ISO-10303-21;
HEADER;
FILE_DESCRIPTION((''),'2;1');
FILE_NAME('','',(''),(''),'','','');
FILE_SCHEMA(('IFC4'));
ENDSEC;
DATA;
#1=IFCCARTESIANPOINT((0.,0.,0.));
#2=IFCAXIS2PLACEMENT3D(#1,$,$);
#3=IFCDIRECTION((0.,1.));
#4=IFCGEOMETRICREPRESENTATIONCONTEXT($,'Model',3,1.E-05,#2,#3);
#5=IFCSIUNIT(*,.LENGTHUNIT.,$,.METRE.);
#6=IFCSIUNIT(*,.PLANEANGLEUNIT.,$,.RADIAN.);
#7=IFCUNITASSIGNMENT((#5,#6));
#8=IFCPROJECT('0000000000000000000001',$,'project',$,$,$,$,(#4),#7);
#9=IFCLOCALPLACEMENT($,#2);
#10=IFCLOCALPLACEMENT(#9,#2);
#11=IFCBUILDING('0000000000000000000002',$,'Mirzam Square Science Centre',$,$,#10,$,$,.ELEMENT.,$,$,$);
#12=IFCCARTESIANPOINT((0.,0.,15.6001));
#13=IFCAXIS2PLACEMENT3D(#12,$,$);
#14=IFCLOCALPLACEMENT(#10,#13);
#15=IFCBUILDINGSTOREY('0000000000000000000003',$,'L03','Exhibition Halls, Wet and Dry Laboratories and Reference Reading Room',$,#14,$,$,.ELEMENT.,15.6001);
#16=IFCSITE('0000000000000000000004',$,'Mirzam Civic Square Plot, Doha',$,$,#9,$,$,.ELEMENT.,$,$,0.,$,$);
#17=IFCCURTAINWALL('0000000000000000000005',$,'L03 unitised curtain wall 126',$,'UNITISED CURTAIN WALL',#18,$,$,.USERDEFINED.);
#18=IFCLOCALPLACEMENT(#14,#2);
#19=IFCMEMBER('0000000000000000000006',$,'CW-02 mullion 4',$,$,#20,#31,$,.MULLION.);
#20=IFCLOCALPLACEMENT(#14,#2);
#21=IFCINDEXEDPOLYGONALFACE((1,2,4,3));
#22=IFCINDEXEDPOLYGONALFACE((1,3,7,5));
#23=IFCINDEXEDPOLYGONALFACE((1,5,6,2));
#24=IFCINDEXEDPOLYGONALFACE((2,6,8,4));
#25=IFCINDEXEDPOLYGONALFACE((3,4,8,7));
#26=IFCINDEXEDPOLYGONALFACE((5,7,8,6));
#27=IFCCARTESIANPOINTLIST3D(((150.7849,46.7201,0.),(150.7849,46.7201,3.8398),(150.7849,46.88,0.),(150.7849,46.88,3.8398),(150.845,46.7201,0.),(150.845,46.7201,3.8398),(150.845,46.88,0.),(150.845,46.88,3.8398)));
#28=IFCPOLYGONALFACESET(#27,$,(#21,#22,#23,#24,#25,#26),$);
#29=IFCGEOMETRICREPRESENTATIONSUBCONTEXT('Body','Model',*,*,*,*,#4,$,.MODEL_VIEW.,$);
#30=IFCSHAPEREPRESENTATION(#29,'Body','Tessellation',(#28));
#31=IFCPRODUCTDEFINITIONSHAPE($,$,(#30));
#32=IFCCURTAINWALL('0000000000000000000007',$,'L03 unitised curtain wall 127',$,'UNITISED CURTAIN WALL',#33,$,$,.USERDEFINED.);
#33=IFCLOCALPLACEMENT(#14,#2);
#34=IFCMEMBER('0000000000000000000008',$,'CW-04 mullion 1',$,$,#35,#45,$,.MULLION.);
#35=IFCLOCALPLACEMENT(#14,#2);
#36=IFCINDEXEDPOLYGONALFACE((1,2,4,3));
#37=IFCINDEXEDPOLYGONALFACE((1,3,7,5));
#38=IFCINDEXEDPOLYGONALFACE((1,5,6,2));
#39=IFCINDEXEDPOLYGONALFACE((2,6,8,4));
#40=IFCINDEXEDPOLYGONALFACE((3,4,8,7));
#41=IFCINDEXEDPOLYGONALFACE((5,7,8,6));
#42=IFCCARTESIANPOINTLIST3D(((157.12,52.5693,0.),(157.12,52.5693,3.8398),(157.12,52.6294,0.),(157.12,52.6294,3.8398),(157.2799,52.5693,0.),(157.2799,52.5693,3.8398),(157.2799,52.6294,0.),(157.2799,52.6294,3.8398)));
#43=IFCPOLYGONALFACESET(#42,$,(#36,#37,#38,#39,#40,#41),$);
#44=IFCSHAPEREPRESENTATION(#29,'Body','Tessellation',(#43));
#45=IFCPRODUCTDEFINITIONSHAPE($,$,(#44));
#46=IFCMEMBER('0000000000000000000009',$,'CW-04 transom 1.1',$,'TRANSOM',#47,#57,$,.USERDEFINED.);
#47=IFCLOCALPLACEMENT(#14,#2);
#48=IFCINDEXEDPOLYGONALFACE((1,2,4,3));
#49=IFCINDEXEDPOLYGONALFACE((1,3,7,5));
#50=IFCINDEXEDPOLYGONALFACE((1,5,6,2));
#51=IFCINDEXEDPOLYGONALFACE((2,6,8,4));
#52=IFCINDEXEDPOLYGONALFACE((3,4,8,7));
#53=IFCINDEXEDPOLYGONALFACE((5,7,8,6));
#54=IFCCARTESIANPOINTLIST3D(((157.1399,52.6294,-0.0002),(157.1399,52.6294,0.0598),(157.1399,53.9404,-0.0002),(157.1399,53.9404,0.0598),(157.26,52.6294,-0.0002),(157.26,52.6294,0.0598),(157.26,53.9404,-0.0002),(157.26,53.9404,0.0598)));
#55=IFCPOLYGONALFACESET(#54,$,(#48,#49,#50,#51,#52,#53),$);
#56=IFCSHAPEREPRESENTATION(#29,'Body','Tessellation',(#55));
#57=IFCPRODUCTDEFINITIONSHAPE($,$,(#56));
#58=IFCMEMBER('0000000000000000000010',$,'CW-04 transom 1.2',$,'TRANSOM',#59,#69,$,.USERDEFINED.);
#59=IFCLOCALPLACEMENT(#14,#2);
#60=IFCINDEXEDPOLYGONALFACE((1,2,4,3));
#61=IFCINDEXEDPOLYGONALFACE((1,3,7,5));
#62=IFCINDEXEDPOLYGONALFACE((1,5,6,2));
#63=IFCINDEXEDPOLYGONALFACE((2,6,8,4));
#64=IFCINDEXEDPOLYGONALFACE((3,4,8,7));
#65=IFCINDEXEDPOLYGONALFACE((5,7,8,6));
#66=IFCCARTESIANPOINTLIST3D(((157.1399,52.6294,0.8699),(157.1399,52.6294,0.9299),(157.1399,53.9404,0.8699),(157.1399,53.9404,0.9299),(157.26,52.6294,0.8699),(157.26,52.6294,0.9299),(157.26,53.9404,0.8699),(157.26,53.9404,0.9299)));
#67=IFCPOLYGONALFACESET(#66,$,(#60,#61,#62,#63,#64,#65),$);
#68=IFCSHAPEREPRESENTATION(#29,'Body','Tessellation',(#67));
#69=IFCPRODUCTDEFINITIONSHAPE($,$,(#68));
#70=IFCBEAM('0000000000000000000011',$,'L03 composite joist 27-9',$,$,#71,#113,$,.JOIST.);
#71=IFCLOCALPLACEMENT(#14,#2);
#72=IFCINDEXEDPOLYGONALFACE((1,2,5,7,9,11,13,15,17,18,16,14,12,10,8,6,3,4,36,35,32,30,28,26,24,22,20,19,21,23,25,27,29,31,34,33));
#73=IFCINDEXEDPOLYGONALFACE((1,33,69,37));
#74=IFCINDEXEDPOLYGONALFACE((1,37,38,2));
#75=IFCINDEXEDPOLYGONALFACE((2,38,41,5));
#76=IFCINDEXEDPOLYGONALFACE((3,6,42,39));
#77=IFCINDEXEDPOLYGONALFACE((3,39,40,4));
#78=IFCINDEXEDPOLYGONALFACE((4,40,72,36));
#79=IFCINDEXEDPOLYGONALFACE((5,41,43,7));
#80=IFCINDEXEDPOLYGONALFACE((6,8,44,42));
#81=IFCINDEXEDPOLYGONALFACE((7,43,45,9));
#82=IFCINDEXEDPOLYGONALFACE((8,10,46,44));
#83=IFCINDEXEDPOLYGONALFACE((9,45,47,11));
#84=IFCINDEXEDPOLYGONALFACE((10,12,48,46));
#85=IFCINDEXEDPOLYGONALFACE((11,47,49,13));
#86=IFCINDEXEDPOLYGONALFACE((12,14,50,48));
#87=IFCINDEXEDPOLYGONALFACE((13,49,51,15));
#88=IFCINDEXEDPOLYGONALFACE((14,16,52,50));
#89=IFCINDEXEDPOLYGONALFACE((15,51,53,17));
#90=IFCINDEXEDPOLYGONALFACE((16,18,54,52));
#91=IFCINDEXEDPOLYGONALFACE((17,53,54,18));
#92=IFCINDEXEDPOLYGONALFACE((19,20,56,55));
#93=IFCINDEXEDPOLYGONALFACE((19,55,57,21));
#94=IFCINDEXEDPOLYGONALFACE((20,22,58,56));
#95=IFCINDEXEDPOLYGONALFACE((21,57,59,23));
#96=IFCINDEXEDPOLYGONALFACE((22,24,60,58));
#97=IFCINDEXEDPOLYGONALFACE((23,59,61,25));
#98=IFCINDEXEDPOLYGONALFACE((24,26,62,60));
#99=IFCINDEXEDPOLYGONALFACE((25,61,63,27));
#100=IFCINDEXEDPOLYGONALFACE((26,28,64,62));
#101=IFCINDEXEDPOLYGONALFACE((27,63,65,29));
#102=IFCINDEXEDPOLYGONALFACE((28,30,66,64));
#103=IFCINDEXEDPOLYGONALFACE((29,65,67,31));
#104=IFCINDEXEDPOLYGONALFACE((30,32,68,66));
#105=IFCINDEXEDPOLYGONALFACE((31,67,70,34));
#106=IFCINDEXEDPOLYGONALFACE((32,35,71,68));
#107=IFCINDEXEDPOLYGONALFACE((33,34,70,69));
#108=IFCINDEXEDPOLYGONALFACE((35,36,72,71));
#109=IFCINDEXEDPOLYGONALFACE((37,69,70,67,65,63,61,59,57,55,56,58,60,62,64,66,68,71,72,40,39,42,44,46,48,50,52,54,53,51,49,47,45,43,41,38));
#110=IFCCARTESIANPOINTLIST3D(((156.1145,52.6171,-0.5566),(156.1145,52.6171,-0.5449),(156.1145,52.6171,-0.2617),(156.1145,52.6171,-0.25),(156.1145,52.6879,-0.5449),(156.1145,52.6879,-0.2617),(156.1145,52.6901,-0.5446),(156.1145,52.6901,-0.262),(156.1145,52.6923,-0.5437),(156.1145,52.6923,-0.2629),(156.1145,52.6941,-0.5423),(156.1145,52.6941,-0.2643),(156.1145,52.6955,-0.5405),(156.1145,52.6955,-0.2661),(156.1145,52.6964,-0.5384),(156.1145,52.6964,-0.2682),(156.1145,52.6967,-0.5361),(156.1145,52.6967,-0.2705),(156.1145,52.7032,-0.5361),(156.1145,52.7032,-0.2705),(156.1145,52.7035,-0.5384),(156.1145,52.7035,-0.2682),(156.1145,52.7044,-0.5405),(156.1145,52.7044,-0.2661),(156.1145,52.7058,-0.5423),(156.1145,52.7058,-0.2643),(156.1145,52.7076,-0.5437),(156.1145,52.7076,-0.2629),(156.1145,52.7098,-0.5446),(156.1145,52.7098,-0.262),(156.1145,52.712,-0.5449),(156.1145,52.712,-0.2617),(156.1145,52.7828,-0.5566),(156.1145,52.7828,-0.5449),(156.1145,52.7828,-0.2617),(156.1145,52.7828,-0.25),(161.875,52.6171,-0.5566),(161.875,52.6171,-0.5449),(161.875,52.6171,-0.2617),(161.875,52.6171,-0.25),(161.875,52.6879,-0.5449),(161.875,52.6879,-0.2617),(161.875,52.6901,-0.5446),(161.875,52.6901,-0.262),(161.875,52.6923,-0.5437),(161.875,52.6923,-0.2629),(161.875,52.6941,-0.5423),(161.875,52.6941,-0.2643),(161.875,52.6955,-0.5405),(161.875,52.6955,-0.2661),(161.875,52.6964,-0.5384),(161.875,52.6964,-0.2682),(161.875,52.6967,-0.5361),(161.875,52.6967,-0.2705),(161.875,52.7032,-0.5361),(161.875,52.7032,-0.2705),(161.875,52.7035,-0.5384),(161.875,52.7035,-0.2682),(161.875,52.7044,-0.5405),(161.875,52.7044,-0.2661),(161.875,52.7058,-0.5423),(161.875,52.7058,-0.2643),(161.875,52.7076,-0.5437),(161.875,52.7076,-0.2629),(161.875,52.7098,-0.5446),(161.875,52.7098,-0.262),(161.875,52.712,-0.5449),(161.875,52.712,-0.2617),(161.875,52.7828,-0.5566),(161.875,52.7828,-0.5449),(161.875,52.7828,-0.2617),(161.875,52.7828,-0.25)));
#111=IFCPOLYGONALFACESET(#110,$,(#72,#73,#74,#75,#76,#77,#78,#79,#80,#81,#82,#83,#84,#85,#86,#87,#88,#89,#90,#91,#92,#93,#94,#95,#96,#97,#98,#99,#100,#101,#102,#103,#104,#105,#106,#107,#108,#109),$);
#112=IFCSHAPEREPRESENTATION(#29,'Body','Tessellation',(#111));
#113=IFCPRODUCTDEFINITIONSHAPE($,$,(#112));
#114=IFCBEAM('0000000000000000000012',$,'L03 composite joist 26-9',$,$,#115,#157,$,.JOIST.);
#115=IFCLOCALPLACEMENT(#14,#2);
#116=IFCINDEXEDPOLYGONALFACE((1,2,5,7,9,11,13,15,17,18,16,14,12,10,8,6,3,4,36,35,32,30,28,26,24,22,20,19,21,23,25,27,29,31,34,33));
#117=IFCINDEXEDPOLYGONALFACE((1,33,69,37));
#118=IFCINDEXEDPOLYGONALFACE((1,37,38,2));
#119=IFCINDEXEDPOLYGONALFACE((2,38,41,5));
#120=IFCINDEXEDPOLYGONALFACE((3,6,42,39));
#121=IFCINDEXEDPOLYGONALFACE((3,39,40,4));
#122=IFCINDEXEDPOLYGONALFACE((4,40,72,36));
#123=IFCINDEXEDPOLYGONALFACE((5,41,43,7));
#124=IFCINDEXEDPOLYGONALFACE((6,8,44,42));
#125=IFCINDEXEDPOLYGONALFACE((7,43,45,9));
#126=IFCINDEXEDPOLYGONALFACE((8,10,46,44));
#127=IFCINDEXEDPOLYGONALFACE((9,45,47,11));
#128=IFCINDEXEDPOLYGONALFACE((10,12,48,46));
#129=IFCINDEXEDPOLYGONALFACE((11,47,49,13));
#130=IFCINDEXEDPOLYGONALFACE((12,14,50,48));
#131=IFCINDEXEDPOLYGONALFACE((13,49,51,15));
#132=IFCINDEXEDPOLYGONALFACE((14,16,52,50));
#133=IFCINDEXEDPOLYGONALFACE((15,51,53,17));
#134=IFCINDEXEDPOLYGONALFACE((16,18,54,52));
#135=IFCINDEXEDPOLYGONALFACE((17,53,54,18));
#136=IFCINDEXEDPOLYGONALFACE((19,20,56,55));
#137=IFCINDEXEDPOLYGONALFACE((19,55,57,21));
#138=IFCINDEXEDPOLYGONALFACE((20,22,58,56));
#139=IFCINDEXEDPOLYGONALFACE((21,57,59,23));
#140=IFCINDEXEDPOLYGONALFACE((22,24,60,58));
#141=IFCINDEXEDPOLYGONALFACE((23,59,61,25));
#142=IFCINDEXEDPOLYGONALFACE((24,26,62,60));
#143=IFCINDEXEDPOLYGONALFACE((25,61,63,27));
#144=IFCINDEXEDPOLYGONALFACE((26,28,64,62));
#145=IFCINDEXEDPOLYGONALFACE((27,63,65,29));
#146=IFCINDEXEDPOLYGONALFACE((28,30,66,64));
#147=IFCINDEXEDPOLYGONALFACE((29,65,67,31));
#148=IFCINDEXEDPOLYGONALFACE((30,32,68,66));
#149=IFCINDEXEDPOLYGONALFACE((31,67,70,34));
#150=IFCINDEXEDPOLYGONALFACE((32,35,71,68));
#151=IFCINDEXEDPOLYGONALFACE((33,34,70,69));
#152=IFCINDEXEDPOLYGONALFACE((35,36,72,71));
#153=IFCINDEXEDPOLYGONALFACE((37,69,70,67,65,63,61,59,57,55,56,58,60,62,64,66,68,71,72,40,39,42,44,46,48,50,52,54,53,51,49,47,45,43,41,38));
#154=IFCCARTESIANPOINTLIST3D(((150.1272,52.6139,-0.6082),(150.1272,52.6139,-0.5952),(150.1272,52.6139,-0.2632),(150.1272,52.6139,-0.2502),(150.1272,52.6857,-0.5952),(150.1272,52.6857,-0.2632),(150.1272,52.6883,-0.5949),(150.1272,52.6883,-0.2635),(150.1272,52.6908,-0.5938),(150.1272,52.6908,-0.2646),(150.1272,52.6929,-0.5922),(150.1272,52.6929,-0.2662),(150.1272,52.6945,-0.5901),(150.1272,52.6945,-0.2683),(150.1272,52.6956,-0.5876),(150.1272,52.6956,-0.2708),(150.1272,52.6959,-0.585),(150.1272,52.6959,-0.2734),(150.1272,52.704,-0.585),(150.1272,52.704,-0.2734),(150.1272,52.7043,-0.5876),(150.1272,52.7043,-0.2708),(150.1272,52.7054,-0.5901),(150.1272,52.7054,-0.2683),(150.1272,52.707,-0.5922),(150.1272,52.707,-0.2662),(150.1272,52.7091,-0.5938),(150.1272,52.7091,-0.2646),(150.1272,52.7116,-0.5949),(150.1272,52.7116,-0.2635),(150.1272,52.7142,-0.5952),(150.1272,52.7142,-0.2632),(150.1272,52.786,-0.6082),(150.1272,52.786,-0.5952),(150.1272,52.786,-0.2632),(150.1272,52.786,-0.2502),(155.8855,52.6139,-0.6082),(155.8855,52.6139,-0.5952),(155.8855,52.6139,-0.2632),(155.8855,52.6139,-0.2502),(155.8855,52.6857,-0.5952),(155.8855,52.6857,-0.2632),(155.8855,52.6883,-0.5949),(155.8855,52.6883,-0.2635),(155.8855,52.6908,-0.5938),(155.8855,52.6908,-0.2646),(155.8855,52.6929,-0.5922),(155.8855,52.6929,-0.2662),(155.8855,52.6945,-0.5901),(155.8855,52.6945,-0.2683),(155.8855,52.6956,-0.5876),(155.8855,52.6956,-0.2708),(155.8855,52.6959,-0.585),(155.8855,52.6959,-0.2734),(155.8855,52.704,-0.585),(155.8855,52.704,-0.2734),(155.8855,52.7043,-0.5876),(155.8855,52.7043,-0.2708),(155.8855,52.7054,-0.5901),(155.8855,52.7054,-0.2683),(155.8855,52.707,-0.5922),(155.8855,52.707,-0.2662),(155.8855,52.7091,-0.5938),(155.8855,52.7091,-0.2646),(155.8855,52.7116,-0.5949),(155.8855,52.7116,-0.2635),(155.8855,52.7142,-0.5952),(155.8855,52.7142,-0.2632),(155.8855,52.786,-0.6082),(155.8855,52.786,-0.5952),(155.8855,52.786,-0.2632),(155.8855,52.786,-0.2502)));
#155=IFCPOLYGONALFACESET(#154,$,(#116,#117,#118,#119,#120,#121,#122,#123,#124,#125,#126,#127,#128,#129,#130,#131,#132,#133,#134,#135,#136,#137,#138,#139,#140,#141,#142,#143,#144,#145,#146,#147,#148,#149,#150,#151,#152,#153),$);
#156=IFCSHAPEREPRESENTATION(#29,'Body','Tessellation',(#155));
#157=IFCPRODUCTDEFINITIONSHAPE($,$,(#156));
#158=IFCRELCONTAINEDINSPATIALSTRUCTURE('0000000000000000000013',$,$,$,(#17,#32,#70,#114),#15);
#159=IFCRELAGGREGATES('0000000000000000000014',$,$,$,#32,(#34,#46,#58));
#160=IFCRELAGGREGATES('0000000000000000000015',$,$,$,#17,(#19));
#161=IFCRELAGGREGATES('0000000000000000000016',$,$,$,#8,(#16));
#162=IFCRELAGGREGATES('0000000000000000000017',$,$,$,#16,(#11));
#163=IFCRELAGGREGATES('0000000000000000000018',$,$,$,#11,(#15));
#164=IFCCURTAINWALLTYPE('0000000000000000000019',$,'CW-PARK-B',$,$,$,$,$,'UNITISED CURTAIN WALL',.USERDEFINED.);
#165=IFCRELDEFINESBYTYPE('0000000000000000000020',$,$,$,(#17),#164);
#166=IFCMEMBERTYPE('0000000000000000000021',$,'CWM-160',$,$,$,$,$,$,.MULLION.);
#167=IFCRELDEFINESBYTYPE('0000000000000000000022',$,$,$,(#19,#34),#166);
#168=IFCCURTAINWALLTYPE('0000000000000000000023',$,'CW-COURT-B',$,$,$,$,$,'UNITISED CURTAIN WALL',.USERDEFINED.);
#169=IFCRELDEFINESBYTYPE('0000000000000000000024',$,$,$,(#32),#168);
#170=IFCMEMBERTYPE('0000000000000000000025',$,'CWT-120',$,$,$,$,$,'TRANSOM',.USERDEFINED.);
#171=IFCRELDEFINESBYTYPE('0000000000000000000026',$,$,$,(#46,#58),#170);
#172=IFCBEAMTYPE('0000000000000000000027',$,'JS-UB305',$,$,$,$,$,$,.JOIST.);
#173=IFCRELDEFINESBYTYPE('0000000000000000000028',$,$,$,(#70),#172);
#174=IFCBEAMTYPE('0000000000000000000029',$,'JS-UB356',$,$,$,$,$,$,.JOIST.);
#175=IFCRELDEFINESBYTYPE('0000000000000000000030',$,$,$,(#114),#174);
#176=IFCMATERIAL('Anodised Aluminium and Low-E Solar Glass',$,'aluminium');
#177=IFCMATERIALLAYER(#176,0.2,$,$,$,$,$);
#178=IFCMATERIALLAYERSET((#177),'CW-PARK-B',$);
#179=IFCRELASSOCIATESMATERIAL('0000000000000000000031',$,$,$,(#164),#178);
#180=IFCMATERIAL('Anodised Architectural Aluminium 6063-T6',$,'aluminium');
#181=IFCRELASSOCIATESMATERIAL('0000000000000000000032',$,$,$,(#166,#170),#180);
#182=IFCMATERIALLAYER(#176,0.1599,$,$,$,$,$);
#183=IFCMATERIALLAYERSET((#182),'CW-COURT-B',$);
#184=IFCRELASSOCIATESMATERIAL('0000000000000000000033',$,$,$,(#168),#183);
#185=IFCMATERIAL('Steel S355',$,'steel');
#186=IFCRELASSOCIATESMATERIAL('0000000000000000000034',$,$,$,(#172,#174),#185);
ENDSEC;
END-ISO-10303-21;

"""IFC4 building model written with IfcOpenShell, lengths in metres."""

from ifc_helpers import new_model, si_unit, direction, frame, origin, origin_2d, place, context, subcontext, project, spatial, rectangle, i_section, extrude, material, layer, layer_set, material_profile, profile_set, type_object, element, aggregate, save


model = new_model("IFC4")

# Units and contexts
model_context = context("Model", 3, precision=1e-05, world=origin(), true_north=direction((0.0, 1.0)))
body_context = subcontext(model_context, "Body", "Model", "MODEL_VIEW")
ifc_project = project(units=[si_unit("LENGTHUNIT", "METRE"), si_unit("PLANEANGLEUNIT", "RADIAN")], contexts=[model_context])

# Site, building, storey
site_placement = place(None, origin())
site = spatial("IfcSite", under=ifc_project, at=site_placement, Name="Mirzam Civic Square Plot, Doha", CompositionType="ELEMENT", RefElevation=0.0)
building_placement = place(site_placement, origin())
building = spatial("IfcBuilding", under=site, at=building_placement, Name="Mirzam Square Science Centre", CompositionType="ELEMENT")
storey_placement = place(building_placement, frame((0.0, 0.0, 15.6001)))
storey = spatial("IfcBuildingStorey", under=building, at=storey_placement, Name="L03", Description="Exhibition Halls, Wet and Dry Laboratories and Reference Reading Room", CompositionType="ELEMENT", Elevation=15.6001)

# Shared definitions
ifc_material_1 = material(Name="Steel S355", Category="steel")

# Curtain wall, member
ifc_material_2 = material(Name="Anodised Aluminium and Low-E Solar Glass", Category="aluminium")
ifc_layer_1 = layer(ifc_material_2, 0.2)
ifc_layer_set_1 = layer_set([ifc_layer_1], Name="CW-PARK-B")
curtain_wall_type_1 = type_object("IfcCurtainWallType", Name="CW-PARK-B", ElementType="UNITISED CURTAIN WALL", PredefinedType="USERDEFINED", material=ifc_layer_set_1)
curtain_wall_1_placement = place(storey_placement, origin())
curtain_wall_1 = element("IfcCurtainWall", 1, at=curtain_wall_1_placement, inside=storey, type_object=curtain_wall_type_1, Name="L03 unitised curtain wall 126", ObjectType="UNITISED CURTAIN WALL", PredefinedType="USERDEFINED")
ifc_material_3 = material(Name="Anodised Architectural Aluminium 6063-T6", Category="aluminium")
ifc_material_profile_1 = material_profile(ifc_material_3, rectangle(XDim=0.0601, YDim=0.1599, at=origin_2d()), Name="ALU-MULL-160x60x4")
ifc_profile_set_1 = profile_set([ifc_material_profile_1], Name="Anodised Architectural Aluminium 6063-T6")
member_type_1 = type_object("IfcMemberType", Name="CWM-160", PredefinedType="MULLION", material=ifc_profile_set_1)
member_1_placement = place(storey_placement, frame((150.8149, 46.8, 0.0), z_axis=(0.0, 0.0, 1.0), x_axis=(1.0, 0.0, 0.0)))
member_1 = element("IfcMember", 2, at=member_1_placement, type_object=member_type_1, Name="CW-02 mullion 4", PredefinedType="MULLION", context=body_context, shape_type="SweptSolid", body=[
    extrude(rectangle(XDim=0.0601, YDim=0.1599, at=origin_2d()), origin(), (0.0, 0.0, 1.0), 3.8398),
])

# Curtain wall, members
ifc_layer_2 = layer(ifc_material_2, 0.1599)
ifc_layer_set_2 = layer_set([ifc_layer_2], Name="CW-COURT-B")
curtain_wall_type_2 = type_object("IfcCurtainWallType", Name="CW-COURT-B", ElementType="UNITISED CURTAIN WALL", PredefinedType="USERDEFINED", material=ifc_layer_set_2)
curtain_wall_2_placement = place(storey_placement, origin())
curtain_wall_2 = element("IfcCurtainWall", 3, at=curtain_wall_2_placement, inside=storey, type_object=curtain_wall_type_2, Name="L03 unitised curtain wall 127", ObjectType="UNITISED CURTAIN WALL", PredefinedType="USERDEFINED")
member_2_placement = place(storey_placement, frame((157.2, 52.5994, 0.0), z_axis=(0.0, 0.0, 1.0), x_axis=(0.0, 1.0, 0.0)))
member_2 = element("IfcMember", 4, at=member_2_placement, type_object=member_type_1, Name="CW-04 mullion 1", PredefinedType="MULLION", context=body_context, shape_type="SweptSolid", body=[
    extrude(rectangle(XDim=0.0601, YDim=0.1599, at=origin_2d()), origin(), (0.0, 0.0, 1.0), 3.8398),
])
ifc_material_profile_2 = material_profile(ifc_material_3, rectangle(XDim=0.1201, YDim=0.0601, at=origin_2d()), Name="ALU-TRAN-120x60x4")
ifc_profile_set_2 = profile_set([ifc_material_profile_2], Name="Anodised Architectural Aluminium 6063-T6")
member_type_2 = type_object("IfcMemberType", Name="CWT-120", ElementType="TRANSOM", PredefinedType="USERDEFINED", material=ifc_profile_set_2)
member_3_placement = place(storey_placement, frame((157.2, 52.6294, 0.0298), z_axis=(0.0, 1.0, 0.0), x_axis=(-1.0, 0.0, 0.0)))
member_3 = element("IfcMember", 5, at=member_3_placement, type_object=member_type_2, Name="CW-04 transom 1.1", ObjectType="TRANSOM", PredefinedType="USERDEFINED", context=body_context, shape_type="SweptSolid", body=[
    extrude(rectangle(XDim=0.1201, YDim=0.0601, at=origin_2d()), origin(), (0.0, 0.0, 1.0), 1.311),
])
member_4_placement = place(storey_placement, frame((157.2, 52.6294, 0.8999), z_axis=(0.0, 1.0, 0.0), x_axis=(-1.0, 0.0, 0.0)))
member_4 = element("IfcMember", 6, at=member_4_placement, type_object=member_type_2, Name="CW-04 transom 1.2", ObjectType="TRANSOM", PredefinedType="USERDEFINED", context=body_context, shape_type="SweptSolid", body=[
    extrude(rectangle(XDim=0.1201, YDim=0.0601, at=origin_2d()), origin(), (0.0, 0.0, 1.0), 1.311),
])
aggregate(curtain_wall_2, [member_2, member_3, member_4])

# Beams
ifc_material_profile_3 = material_profile(ifc_material_1, i_section(OverallWidth=0.1658, OverallDepth=0.3066, WebThickness=0.0066, FlangeThickness=0.0117, FilletRadius=0.0088, at=origin_2d()), Name="305x165x46UB")
ifc_profile_set_3 = profile_set([ifc_material_profile_3], Name="Steel S355")
beam_type_1 = type_object("IfcBeamType", Name="JS-UB305", PredefinedType="JOIST", material=ifc_profile_set_3)
beam_1_placement = place(storey_placement, frame((156.1145, 52.7, -0.4033), z_axis=(1.0, 0.0, 0.0), x_axis=(0.0, 1.0, 0.0)))
element("IfcBeam", 7, at=beam_1_placement, inside=storey, type_object=beam_type_1, Name="L03 composite joist 27-9", PredefinedType="JOIST", context=body_context, shape_type="SweptSolid", body=[
    extrude(i_section(OverallWidth=0.1658, OverallDepth=0.3066, WebThickness=0.0066, FlangeThickness=0.0117, FilletRadius=0.0088, at=origin_2d()), origin(), (0.0, 0.0, 1.0), 5.7605),
])
ifc_material_profile_4 = material_profile(ifc_material_1, i_section(OverallWidth=0.1721, OverallDepth=0.3579, WebThickness=0.0081, FlangeThickness=0.0129, FilletRadius=0.0103, at=origin_2d()), Name="356x171x57UB")
ifc_profile_set_4 = profile_set([ifc_material_profile_4], Name="Steel S355")
beam_type_2 = type_object("IfcBeamType", Name="JS-UB356", PredefinedType="JOIST", material=ifc_profile_set_4)
beam_2_placement = place(storey_placement, frame((150.1272, 52.7, -0.4292), z_axis=(1.0, 0.0, 0.0), x_axis=(0.0, 1.0, 0.0)))
element("IfcBeam", 8, at=beam_2_placement, inside=storey, type_object=beam_type_2, Name="L03 composite joist 26-9", PredefinedType="JOIST", context=body_context, shape_type="SweptSolid", body=[
    extrude(i_section(OverallWidth=0.1721, OverallDepth=0.3579, WebThickness=0.0081, FlangeThickness=0.0129, FilletRadius=0.0103, at=origin_2d()), origin(), (0.0, 0.0, 1.0), 5.7583),
])

aggregate(curtain_wall_1, [member_1])

save(model, "model.ifc")
